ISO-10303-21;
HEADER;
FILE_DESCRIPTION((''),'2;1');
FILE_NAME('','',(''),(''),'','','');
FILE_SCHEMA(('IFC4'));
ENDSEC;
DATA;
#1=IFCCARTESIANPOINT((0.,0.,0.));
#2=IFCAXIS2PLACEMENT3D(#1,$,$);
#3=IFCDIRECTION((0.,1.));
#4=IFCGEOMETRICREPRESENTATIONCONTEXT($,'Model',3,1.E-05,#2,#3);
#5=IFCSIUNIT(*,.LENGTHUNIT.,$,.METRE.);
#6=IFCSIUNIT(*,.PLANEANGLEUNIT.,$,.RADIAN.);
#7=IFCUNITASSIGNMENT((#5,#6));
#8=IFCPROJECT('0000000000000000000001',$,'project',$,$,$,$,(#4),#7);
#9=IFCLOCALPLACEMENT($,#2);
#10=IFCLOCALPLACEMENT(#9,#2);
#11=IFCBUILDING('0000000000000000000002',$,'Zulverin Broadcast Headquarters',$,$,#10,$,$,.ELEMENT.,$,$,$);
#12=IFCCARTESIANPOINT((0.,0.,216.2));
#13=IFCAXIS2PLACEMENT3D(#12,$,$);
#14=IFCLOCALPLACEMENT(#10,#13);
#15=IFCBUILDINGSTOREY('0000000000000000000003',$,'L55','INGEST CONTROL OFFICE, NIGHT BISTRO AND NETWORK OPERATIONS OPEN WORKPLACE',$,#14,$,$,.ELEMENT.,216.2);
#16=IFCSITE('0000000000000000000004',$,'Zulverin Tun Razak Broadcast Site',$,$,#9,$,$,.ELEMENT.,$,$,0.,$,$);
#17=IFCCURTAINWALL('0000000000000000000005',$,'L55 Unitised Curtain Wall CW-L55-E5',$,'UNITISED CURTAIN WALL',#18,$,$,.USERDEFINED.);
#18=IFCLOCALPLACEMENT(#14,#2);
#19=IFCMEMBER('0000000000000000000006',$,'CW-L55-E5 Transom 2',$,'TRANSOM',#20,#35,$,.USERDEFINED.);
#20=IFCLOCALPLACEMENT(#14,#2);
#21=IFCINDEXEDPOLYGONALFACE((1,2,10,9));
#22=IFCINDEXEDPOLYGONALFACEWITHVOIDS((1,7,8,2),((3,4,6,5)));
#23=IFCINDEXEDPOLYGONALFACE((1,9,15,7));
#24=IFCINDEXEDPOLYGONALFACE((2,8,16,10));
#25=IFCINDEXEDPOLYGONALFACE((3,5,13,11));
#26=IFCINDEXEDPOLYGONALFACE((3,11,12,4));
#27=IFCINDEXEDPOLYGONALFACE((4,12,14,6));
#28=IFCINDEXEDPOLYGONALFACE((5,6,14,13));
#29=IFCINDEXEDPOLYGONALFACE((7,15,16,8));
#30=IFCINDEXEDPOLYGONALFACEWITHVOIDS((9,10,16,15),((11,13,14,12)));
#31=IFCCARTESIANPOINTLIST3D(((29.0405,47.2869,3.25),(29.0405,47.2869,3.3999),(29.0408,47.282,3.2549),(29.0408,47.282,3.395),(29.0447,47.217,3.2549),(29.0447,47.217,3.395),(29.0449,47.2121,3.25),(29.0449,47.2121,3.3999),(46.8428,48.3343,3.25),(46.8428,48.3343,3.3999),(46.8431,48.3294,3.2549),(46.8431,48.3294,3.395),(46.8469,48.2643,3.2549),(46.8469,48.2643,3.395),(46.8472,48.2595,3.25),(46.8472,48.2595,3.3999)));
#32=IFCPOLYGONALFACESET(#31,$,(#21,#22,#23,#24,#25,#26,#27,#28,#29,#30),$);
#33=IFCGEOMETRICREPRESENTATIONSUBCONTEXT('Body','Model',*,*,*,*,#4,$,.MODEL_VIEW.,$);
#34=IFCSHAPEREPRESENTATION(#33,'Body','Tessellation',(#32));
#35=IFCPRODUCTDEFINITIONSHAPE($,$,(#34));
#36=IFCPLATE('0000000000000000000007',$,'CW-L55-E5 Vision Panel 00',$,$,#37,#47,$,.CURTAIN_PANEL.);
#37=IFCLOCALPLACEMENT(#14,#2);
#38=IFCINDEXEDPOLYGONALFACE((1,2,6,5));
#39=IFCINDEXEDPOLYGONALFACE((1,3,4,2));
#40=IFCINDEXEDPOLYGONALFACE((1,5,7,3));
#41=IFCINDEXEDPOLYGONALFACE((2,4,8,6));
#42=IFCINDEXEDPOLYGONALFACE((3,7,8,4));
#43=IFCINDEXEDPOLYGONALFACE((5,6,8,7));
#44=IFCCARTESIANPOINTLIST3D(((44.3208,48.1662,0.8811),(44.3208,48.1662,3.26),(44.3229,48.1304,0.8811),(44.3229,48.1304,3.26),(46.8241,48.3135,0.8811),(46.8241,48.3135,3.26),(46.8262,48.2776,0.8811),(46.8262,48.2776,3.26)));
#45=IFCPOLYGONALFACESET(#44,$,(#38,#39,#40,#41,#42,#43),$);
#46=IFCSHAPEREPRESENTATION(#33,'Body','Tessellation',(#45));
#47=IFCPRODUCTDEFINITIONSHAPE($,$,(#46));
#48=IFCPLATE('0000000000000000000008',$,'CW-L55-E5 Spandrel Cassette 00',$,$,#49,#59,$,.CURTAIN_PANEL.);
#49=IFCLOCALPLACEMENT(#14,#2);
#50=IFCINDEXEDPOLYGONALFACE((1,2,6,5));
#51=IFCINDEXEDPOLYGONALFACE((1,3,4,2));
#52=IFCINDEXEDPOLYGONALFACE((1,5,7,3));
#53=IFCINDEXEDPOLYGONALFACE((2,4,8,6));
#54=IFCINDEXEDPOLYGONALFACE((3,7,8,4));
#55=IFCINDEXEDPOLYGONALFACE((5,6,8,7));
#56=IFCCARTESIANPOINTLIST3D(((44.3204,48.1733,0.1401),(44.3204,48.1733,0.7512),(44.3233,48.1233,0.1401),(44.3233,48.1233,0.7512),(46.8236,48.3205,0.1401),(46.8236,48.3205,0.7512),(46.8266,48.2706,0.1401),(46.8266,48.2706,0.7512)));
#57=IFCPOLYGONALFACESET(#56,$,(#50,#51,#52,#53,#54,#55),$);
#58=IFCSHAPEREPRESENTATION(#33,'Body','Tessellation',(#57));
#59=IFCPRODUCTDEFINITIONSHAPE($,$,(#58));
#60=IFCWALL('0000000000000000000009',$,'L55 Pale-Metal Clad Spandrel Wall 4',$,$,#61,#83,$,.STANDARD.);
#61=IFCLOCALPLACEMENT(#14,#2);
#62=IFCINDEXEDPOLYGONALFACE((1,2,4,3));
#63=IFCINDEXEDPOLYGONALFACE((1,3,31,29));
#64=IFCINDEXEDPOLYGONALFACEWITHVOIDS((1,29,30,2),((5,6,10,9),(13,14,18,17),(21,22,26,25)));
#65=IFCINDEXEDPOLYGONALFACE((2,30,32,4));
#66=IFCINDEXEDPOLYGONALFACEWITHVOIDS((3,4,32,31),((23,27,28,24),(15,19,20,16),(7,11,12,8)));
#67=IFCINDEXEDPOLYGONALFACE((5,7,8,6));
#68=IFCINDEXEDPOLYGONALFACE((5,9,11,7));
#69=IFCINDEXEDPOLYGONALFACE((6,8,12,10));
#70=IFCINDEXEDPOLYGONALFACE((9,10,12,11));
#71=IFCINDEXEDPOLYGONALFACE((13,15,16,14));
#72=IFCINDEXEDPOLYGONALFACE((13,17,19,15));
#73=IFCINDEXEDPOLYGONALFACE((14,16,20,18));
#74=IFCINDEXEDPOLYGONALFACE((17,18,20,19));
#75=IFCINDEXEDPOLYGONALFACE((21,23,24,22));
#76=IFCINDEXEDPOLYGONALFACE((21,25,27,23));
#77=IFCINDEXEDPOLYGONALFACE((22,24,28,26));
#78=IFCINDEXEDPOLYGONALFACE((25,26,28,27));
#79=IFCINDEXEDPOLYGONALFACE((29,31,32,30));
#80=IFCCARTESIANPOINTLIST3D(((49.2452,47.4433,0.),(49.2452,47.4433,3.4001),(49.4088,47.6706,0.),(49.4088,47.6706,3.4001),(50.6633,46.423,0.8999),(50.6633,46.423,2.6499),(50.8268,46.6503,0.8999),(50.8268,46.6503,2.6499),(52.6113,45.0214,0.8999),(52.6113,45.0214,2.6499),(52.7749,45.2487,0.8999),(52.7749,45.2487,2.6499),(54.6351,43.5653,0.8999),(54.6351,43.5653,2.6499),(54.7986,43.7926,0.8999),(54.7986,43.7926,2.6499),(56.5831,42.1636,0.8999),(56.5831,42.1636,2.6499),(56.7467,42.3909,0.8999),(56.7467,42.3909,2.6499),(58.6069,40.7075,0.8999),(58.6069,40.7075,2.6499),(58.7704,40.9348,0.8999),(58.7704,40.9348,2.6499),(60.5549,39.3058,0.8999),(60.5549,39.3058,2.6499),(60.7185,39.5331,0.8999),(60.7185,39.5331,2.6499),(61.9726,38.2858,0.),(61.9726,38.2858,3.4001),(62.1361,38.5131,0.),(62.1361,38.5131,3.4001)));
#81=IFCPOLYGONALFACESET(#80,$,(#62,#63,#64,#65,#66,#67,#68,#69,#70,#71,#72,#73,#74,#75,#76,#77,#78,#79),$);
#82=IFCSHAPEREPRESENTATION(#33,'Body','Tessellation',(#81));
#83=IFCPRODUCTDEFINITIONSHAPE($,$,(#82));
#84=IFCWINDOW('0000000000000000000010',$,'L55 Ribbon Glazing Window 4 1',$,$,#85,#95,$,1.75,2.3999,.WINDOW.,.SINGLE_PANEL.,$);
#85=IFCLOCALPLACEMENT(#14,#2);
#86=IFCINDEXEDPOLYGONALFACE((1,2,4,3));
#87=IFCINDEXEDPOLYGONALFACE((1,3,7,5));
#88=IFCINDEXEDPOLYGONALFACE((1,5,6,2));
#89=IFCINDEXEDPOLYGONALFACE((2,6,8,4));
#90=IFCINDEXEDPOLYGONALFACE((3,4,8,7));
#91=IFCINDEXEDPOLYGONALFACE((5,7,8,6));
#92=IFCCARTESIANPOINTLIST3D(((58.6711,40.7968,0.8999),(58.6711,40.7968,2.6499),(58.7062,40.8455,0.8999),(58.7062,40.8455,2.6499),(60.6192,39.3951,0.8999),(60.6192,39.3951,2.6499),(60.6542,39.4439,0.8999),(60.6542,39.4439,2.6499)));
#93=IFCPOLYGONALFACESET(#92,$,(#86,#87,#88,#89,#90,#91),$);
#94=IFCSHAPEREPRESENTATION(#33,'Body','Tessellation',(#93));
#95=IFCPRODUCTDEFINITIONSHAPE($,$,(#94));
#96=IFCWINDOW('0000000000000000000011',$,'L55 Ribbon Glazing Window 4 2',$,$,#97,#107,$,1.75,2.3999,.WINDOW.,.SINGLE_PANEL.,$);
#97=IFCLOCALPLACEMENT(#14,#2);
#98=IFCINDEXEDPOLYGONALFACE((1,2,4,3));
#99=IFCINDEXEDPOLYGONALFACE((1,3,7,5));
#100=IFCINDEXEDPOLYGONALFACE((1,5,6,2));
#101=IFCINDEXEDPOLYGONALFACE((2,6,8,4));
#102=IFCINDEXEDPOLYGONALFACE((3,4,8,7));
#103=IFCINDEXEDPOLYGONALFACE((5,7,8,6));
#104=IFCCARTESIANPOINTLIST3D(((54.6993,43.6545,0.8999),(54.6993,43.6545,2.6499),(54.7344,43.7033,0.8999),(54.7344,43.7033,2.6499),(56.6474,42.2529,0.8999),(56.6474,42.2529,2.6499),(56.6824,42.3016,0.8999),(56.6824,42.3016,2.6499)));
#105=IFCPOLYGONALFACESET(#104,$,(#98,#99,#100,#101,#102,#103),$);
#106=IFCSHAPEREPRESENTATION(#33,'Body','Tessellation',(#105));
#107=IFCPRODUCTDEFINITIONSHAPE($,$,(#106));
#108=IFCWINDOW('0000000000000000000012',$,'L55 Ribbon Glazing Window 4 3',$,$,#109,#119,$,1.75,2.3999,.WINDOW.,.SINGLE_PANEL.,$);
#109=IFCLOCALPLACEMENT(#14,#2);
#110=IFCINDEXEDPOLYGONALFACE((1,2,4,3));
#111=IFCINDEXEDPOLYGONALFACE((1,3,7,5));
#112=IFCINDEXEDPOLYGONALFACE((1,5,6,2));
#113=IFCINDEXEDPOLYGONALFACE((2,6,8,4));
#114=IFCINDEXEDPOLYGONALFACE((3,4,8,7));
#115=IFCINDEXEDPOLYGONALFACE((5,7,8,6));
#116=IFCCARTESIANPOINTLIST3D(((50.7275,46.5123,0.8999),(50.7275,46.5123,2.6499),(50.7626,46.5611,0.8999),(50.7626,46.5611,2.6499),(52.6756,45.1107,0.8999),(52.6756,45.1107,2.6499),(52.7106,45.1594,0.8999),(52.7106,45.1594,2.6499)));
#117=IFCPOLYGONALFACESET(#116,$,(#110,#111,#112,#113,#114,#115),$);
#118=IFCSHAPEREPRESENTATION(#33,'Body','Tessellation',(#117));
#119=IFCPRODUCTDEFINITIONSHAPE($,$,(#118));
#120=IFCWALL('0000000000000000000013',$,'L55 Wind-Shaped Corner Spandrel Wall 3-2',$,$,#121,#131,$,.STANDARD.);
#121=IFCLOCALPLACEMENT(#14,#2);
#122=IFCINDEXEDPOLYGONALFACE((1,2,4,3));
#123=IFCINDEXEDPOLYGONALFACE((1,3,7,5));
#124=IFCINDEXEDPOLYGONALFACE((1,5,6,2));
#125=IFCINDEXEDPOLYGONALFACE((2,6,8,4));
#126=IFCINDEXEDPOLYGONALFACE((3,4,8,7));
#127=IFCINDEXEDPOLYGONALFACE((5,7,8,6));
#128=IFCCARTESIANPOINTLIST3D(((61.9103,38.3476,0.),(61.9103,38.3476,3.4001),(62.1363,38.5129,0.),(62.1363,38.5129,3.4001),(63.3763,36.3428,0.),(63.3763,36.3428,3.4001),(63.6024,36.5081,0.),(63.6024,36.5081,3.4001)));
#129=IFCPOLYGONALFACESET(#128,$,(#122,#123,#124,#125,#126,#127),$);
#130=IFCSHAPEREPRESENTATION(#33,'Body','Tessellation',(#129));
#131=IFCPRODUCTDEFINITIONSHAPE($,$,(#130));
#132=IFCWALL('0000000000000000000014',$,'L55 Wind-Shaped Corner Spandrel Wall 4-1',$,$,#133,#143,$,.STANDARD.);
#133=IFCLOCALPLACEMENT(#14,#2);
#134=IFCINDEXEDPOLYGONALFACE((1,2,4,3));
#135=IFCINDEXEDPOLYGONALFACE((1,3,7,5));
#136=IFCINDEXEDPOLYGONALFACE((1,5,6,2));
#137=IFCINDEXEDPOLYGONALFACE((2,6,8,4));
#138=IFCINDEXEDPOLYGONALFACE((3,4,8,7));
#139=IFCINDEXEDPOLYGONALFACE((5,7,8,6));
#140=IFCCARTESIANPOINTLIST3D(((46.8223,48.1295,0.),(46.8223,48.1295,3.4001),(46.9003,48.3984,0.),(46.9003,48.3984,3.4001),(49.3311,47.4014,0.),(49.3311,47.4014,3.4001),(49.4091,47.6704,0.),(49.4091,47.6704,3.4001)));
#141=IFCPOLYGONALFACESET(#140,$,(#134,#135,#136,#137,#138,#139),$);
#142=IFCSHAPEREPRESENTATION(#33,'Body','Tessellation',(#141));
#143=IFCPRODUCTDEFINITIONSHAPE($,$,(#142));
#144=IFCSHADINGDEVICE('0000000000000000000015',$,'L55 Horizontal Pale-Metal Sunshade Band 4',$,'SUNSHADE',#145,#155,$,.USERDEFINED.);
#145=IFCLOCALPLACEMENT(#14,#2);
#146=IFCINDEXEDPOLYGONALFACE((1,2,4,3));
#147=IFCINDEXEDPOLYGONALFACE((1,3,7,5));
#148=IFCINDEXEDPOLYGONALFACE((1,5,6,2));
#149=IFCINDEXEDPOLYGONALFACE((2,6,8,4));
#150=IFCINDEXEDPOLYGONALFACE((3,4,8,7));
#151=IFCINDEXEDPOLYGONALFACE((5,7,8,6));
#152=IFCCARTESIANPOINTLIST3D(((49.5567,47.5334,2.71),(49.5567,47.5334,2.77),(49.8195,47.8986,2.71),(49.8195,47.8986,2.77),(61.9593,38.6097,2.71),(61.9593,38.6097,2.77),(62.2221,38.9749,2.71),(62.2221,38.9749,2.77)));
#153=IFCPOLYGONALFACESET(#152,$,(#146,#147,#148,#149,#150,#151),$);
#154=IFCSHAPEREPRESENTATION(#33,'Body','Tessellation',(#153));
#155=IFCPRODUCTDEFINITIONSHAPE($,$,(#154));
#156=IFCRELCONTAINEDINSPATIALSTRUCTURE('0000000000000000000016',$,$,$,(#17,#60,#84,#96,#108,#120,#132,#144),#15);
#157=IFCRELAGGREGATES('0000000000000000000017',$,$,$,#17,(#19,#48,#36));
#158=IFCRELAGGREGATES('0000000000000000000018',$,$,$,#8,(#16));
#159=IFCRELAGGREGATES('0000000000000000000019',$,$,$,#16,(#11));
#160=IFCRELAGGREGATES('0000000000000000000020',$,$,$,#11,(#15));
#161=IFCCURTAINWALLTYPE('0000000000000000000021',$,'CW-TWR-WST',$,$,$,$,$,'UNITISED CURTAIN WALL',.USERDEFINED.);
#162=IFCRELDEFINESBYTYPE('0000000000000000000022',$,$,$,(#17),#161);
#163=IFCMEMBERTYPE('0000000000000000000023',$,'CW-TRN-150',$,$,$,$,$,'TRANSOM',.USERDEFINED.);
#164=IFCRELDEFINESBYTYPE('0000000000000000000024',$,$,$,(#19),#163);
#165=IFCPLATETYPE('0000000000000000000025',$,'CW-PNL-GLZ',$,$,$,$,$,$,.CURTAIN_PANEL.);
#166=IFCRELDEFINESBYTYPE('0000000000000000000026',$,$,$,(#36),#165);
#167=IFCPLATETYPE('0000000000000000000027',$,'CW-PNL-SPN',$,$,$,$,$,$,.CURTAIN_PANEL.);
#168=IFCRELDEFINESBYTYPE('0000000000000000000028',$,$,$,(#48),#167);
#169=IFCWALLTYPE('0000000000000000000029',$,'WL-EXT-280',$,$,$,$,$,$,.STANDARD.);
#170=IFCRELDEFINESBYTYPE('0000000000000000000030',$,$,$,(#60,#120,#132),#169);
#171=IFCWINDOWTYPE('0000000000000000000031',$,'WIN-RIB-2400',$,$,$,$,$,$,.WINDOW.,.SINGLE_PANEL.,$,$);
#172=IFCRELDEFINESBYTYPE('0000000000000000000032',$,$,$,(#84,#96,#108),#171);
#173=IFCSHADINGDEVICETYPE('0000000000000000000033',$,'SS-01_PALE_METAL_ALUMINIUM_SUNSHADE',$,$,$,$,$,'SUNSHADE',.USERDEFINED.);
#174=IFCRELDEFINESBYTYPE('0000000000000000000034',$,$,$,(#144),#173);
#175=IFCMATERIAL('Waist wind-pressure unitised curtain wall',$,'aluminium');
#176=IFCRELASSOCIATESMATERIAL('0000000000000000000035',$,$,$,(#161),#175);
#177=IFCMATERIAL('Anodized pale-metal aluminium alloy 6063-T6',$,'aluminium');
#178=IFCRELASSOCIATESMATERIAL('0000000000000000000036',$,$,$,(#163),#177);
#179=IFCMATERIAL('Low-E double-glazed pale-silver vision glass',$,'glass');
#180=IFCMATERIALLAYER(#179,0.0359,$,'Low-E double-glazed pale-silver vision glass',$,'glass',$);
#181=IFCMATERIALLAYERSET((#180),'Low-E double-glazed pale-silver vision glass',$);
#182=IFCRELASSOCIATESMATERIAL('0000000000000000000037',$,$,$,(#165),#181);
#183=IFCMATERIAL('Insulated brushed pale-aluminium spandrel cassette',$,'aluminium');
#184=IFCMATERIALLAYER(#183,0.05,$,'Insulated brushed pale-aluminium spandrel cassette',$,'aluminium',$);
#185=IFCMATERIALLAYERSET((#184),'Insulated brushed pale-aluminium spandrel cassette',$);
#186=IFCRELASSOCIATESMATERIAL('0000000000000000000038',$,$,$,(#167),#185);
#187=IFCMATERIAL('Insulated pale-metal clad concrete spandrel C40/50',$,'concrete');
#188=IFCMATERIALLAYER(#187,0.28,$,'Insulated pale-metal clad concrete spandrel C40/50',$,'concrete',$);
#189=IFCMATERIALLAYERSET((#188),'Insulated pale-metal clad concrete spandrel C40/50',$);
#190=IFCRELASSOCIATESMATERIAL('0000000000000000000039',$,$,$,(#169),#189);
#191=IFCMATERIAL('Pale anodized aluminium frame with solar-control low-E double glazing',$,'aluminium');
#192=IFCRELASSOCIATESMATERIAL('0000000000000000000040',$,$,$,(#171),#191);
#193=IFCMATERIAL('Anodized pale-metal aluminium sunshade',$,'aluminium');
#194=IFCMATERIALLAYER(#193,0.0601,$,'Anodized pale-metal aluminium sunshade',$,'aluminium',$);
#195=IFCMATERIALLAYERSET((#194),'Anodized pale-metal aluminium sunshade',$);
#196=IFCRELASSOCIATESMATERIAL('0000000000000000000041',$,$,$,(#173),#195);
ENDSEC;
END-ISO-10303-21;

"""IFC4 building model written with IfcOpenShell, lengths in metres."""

from ifc_helpers import new_model, si_unit, direction, frame, frame_2d, origin, origin_2d, place, context, subcontext, project, spatial, rectangle, hollow_rectangle, extrude, material, layer, layer_set, material_profile, profile_set, type_object, element, fill, aggregate, save


model = new_model("IFC4")

# Units and contexts
model_context = context("Model", 3, precision=1e-05, world=origin(), true_north=direction((0.0, 1.0)))
body_context = subcontext(model_context, "Body", "Model", "MODEL_VIEW")
ifc_project = project(units=[si_unit("LENGTHUNIT", "METRE"), si_unit("PLANEANGLEUNIT", "RADIAN")], contexts=[model_context])

# Site, building, storey
site_placement = place(None, origin())
site = spatial("IfcSite", under=ifc_project, at=site_placement, Name="Zulverin Tun Razak Broadcast Site", CompositionType="ELEMENT", RefElevation=0.0)
building_placement = place(site_placement, origin())
building = spatial("IfcBuilding", under=site, at=building_placement, Name="Zulverin Broadcast Headquarters", CompositionType="ELEMENT")
storey_placement = place(building_placement, frame((0.0, 0.0, 216.2)))
storey = spatial("IfcBuildingStorey", under=building, at=storey_placement, Name="L55", Description="INGEST CONTROL OFFICE, NIGHT BISTRO AND NETWORK OPERATIONS OPEN WORKPLACE", CompositionType="ELEMENT", Elevation=216.2)

# Curtain wall, member, plates
ifc_material_1 = material(Name="Waist wind-pressure unitised curtain wall", Category="aluminium")
curtain_wall_type = type_object("IfcCurtainWallType", Name="CW-TWR-WST", ElementType="UNITISED CURTAIN WALL", PredefinedType="USERDEFINED", material=ifc_material_1)
curtain_wall_placement = place(storey_placement, origin())
curtain_wall = element("IfcCurtainWall", 1, at=curtain_wall_placement, inside=storey, type_object=curtain_wall_type, Name="L55 Unitised Curtain Wall CW-L55-E5", ObjectType="UNITISED CURTAIN WALL", PredefinedType="USERDEFINED")
ifc_material_2 = material(Name="Anodized pale-metal aluminium alloy 6063-T6", Category="aluminium")
ifc_material_profile_1 = material_profile(ifc_material_2, hollow_rectangle(XDim=0.075, YDim=0.1499, WallThickness=0.0049, at=origin_2d()), Name="Anodized pale-metal aluminium alloy 6063-T6", Category="aluminium")
ifc_profile_set_1 = profile_set([ifc_material_profile_1], Name="Anodized pale-metal aluminium alloy 6063-T6")
member_type_1 = type_object("IfcMemberType", Name="CW-TRN-150", ElementType="TRANSOM", PredefinedType="USERDEFINED", material=ifc_profile_set_1)
member_1_placement = place(storey_placement, frame((46.845, 48.2969, 3.325), z_axis=(-0.998274, -0.058732, 0.0), x_axis=(0.058732, -0.998274, 0.0)))
member_1 = element("IfcMember", 2, at=member_1_placement, type_object=member_type_1, Name="CW-L55-E5 Transom 2", ObjectType="TRANSOM", PredefinedType="USERDEFINED", context=body_context, shape_type="SweptSolid", body=[
    extrude(hollow_rectangle(XDim=0.075, YDim=0.1499, WallThickness=0.0049, at=origin_2d()), origin(), (0.0, 0.0, 1.0), 17.833),
])
ifc_material_3 = material(Name="Low-E double-glazed pale-silver vision glass", Category="glass")
ifc_layer_1 = layer(ifc_material_3, 0.0359, Name="Low-E double-glazed pale-silver vision glass", Category="glass")
ifc_layer_set_1 = layer_set([ifc_layer_1], Name="Low-E double-glazed pale-silver vision glass")
plate_type_1 = type_object("IfcPlateType", Name="CW-PNL-GLZ", PredefinedType="CURTAIN_PANEL", material=ifc_layer_set_1)
plate_1_placement = place(storey_placement, frame((45.5735, 48.2219, 0.8811), z_axis=(0.0, 0.0, 1.0), x_axis=(-0.998274, -0.058723, 0.0)))
plate_1 = element("IfcPlate", 3, at=plate_1_placement, type_object=plate_type_1, Name="CW-L55-E5 Vision Panel 00", PredefinedType="CURTAIN_PANEL", context=body_context, shape_type="SweptSolid", body=[
    extrude(rectangle(XDim=2.5076, YDim=0.0359, at=origin_2d()), origin(), (0.0, 0.0, 1.0), 2.3789),
])
ifc_material_4 = material(Name="Insulated brushed pale-aluminium spandrel cassette", Category="aluminium")
ifc_layer_2 = layer(ifc_material_4, 0.05, Name="Insulated brushed pale-aluminium spandrel cassette", Category="aluminium")
ifc_layer_set_2 = layer_set([ifc_layer_2], Name="Insulated brushed pale-aluminium spandrel cassette")
plate_type_2 = type_object("IfcPlateType", Name="CW-PNL-SPN", PredefinedType="CURTAIN_PANEL", material=ifc_layer_set_2)
plate_2_placement = place(storey_placement, frame((45.5735, 48.2219, 0.1401), z_axis=(0.0, 0.0, 1.0), x_axis=(-0.998274, -0.058723, 0.0)))
plate_2 = element("IfcPlate", 4, at=plate_2_placement, type_object=plate_type_2, Name="CW-L55-E5 Spandrel Cassette 00", PredefinedType="CURTAIN_PANEL", context=body_context, shape_type="SweptSolid", body=[
    extrude(rectangle(XDim=2.5076, YDim=0.05, at=origin_2d()), origin(), (0.0, 0.0, 1.0), 0.6111),
])
aggregate(curtain_wall, [member_1, plate_2, plate_1])

# Wall, openings, windows
ifc_material_5 = material(Name="Insulated pale-metal clad concrete spandrel C40/50", Category="concrete")
ifc_layer_3 = layer(ifc_material_5, 0.28, Name="Insulated pale-metal clad concrete spandrel C40/50", Category="concrete")
ifc_layer_set_3 = layer_set([ifc_layer_3], Name="Insulated pale-metal clad concrete spandrel C40/50")
wall_type = type_object("IfcWallType", Name="WL-EXT-280", PredefinedType="STANDARD", material=ifc_layer_set_3)
wall_1_placement = place(storey_placement, frame((62.0544, 38.3994, 0.0), z_axis=(0.0, 0.0, 1.0), x_axis=(-0.811721, 0.584045, 0.0)))
wall_1 = element("IfcWall", 5, at=wall_1_placement, inside=storey, type_object=wall_type, Name="L55 Pale-Metal Clad Spandrel Wall 4", PredefinedType="STANDARD", context=body_context, shape_type="SweptSolid", body=[
    extrude(rectangle(XDim=15.6794, YDim=0.28, at=frame_2d((7.8398, 0.0))), origin(), (0.0, 0.0, 1.0), 3.4001),
])
opening_1_placement = place(wall_1_placement, frame((1.7466, 0.0, 0.8999)))
opening_1 = element("IfcOpeningElement", 6, at=opening_1_placement, cuts=wall_1, PredefinedType="OPENING", context=body_context, shape_type="SweptSolid", body=[
    extrude(rectangle(XDim=2.3999, YDim=1.75, at=frame_2d((1.2, 0.875))), frame((0.0, 0.1499, 0.0), z_axis=(0.0, -1.0, 0.0), x_axis=(1.0, 0.0, 0.0)), (0.0, 0.0, 1.0), 0.3),
])
opening_2_placement = place(wall_1_placement, frame((6.6396, 0.0, 0.8999)))
opening_2 = element("IfcOpeningElement", 7, at=opening_2_placement, cuts=wall_1, PredefinedType="OPENING", context=body_context, shape_type="SweptSolid", body=[
    extrude(rectangle(XDim=2.3999, YDim=1.75, at=frame_2d((1.2, 0.875))), frame((0.0, 0.1499, 0.0), z_axis=(0.0, -1.0, 0.0), x_axis=(1.0, 0.0, 0.0)), (0.0, 0.0, 1.0), 0.3),
])
opening_3_placement = place(wall_1_placement, frame((11.5327, 0.0, 0.8999)))
opening_3 = element("IfcOpeningElement", 8, at=opening_3_placement, cuts=wall_1, PredefinedType="OPENING", context=body_context, shape_type="SweptSolid", body=[
    extrude(rectangle(XDim=2.3999, YDim=1.75, at=frame_2d((1.2, 0.875))), frame((0.0, 0.1499, 0.0), z_axis=(0.0, -1.0, 0.0), x_axis=(1.0, 0.0, 0.0)), (0.0, 0.0, 1.0), 0.3),
])
ifc_material_6 = material(Name="Pale anodized aluminium frame with solar-control low-E double glazing", Category="aluminium")
window_type = type_object("IfcWindowType", Name="WIN-RIB-2400", PartitioningType="SINGLE_PANEL", PredefinedType="WINDOW", material=ifc_material_6)
window_1_placement = place(opening_1_placement, origin())
window_1 = element("IfcWindow", 9, at=window_1_placement, inside=storey, type_object=window_type, Name="L55 Ribbon Glazing Window 4 1", OverallHeight=1.75, OverallWidth=2.3999, PartitioningType="SINGLE_PANEL", PredefinedType="WINDOW", context=body_context, shape_type="SweptSolid", body=[
    extrude(rectangle(XDim=2.3999, YDim=1.75, at=frame_2d((1.2, 0.875))), frame((0.0, 0.03, 0.0), z_axis=(0.0, -1.0, 0.0), x_axis=(1.0, 0.0, 0.0)), (0.0, 0.0, 1.0), 0.0601),
])
fill(opening_1, window_1)
window_2_placement = place(opening_2_placement, origin())
window_2 = element("IfcWindow", 10, at=window_2_placement, inside=storey, type_object=window_type, Name="L55 Ribbon Glazing Window 4 2", OverallHeight=1.75, OverallWidth=2.3999, PartitioningType="SINGLE_PANEL", PredefinedType="WINDOW", context=body_context, shape_type="SweptSolid", body=[
    extrude(rectangle(XDim=2.3999, YDim=1.75, at=frame_2d((1.2, 0.875))), frame((0.0, 0.03, 0.0), z_axis=(0.0, -1.0, 0.0), x_axis=(1.0, 0.0, 0.0)), (0.0, 0.0, 1.0), 0.0601),
])
fill(opening_2, window_2)
window_3_placement = place(opening_3_placement, origin())
window_3 = element("IfcWindow", 11, at=window_3_placement, inside=storey, type_object=window_type, Name="L55 Ribbon Glazing Window 4 3", OverallHeight=1.75, OverallWidth=2.3999, PartitioningType="SINGLE_PANEL", PredefinedType="WINDOW", context=body_context, shape_type="SweptSolid", body=[
    extrude(rectangle(XDim=2.3999, YDim=1.75, at=frame_2d((1.2, 0.875))), frame((0.0, 0.03, 0.0), z_axis=(0.0, -1.0, 0.0), x_axis=(1.0, 0.0, 0.0)), (0.0, 0.0, 1.0), 0.0601),
])
fill(opening_3, window_3)

# Walls
wall_2_placement = place(storey_placement, frame((63.4893, 36.4255, 0.0), z_axis=(0.0, 0.0, 1.0), x_axis=(-0.590268, 0.807207, 0.0)))
element("IfcWall", 12, at=wall_2_placement, inside=storey, type_object=wall_type, Name="L55 Wind-Shaped Corner Spandrel Wall 3-2", PredefinedType="STANDARD", context=body_context, shape_type="SweptSolid", body=[
    extrude(rectangle(XDim=2.4836, YDim=0.28, at=frame_2d((1.2417, 0.0))), origin(), (0.0, 0.0, 1.0), 3.4001),
])
wall_3_placement = place(storey_placement, frame((49.3701, 47.5359, 0.0), z_axis=(0.0, 0.0, 1.0), x_axis=(-0.96038, 0.278693, 0.0)))
element("IfcWall", 13, at=wall_3_placement, inside=storey, type_object=wall_type, Name="L55 Wind-Shaped Corner Spandrel Wall 4-1", PredefinedType="STANDARD", context=body_context, shape_type="SweptSolid", body=[
    extrude(rectangle(XDim=2.6123, YDim=0.28, at=frame_2d((1.3062, 0.0))), origin(), (0.0, 0.0, 1.0), 3.4001),
])

# Shading device
ifc_material_7 = material(Name="Anodized pale-metal aluminium sunshade", Category="aluminium")
ifc_layer_4 = layer(ifc_material_7, 0.0601, Name="Anodized pale-metal aluminium sunshade", Category="aluminium")
ifc_layer_set_4 = layer_set([ifc_layer_4], Name="Anodized pale-metal aluminium sunshade")
shading_device_type = type_object("IfcShadingDeviceType", Name="SS-01_PALE_METAL_ALUMINIUM_SUNSHADE", ElementType="SUNSHADE", PredefinedType="USERDEFINED", material=ifc_layer_set_4)
shading_device_placement = place(storey_placement, frame((55.8894, 43.2542, 2.71), z_axis=(0.0, 0.0, 1.0), x_axis=(-0.811724, 0.584041, 0.0)))
element("IfcShadingDevice", 14, at=shading_device_placement, inside=storey, type_object=shading_device_type, Name="L55 Horizontal Pale-Metal Sunshade Band 4", ObjectType="SUNSHADE", PredefinedType="USERDEFINED", context=body_context, shape_type="SweptSolid", body=[
    extrude(rectangle(XDim=15.2793, YDim=0.45, at=origin_2d()), origin(), (0.0, 0.0, 1.0), 0.0601),
])

save(model, "model.ifc")
